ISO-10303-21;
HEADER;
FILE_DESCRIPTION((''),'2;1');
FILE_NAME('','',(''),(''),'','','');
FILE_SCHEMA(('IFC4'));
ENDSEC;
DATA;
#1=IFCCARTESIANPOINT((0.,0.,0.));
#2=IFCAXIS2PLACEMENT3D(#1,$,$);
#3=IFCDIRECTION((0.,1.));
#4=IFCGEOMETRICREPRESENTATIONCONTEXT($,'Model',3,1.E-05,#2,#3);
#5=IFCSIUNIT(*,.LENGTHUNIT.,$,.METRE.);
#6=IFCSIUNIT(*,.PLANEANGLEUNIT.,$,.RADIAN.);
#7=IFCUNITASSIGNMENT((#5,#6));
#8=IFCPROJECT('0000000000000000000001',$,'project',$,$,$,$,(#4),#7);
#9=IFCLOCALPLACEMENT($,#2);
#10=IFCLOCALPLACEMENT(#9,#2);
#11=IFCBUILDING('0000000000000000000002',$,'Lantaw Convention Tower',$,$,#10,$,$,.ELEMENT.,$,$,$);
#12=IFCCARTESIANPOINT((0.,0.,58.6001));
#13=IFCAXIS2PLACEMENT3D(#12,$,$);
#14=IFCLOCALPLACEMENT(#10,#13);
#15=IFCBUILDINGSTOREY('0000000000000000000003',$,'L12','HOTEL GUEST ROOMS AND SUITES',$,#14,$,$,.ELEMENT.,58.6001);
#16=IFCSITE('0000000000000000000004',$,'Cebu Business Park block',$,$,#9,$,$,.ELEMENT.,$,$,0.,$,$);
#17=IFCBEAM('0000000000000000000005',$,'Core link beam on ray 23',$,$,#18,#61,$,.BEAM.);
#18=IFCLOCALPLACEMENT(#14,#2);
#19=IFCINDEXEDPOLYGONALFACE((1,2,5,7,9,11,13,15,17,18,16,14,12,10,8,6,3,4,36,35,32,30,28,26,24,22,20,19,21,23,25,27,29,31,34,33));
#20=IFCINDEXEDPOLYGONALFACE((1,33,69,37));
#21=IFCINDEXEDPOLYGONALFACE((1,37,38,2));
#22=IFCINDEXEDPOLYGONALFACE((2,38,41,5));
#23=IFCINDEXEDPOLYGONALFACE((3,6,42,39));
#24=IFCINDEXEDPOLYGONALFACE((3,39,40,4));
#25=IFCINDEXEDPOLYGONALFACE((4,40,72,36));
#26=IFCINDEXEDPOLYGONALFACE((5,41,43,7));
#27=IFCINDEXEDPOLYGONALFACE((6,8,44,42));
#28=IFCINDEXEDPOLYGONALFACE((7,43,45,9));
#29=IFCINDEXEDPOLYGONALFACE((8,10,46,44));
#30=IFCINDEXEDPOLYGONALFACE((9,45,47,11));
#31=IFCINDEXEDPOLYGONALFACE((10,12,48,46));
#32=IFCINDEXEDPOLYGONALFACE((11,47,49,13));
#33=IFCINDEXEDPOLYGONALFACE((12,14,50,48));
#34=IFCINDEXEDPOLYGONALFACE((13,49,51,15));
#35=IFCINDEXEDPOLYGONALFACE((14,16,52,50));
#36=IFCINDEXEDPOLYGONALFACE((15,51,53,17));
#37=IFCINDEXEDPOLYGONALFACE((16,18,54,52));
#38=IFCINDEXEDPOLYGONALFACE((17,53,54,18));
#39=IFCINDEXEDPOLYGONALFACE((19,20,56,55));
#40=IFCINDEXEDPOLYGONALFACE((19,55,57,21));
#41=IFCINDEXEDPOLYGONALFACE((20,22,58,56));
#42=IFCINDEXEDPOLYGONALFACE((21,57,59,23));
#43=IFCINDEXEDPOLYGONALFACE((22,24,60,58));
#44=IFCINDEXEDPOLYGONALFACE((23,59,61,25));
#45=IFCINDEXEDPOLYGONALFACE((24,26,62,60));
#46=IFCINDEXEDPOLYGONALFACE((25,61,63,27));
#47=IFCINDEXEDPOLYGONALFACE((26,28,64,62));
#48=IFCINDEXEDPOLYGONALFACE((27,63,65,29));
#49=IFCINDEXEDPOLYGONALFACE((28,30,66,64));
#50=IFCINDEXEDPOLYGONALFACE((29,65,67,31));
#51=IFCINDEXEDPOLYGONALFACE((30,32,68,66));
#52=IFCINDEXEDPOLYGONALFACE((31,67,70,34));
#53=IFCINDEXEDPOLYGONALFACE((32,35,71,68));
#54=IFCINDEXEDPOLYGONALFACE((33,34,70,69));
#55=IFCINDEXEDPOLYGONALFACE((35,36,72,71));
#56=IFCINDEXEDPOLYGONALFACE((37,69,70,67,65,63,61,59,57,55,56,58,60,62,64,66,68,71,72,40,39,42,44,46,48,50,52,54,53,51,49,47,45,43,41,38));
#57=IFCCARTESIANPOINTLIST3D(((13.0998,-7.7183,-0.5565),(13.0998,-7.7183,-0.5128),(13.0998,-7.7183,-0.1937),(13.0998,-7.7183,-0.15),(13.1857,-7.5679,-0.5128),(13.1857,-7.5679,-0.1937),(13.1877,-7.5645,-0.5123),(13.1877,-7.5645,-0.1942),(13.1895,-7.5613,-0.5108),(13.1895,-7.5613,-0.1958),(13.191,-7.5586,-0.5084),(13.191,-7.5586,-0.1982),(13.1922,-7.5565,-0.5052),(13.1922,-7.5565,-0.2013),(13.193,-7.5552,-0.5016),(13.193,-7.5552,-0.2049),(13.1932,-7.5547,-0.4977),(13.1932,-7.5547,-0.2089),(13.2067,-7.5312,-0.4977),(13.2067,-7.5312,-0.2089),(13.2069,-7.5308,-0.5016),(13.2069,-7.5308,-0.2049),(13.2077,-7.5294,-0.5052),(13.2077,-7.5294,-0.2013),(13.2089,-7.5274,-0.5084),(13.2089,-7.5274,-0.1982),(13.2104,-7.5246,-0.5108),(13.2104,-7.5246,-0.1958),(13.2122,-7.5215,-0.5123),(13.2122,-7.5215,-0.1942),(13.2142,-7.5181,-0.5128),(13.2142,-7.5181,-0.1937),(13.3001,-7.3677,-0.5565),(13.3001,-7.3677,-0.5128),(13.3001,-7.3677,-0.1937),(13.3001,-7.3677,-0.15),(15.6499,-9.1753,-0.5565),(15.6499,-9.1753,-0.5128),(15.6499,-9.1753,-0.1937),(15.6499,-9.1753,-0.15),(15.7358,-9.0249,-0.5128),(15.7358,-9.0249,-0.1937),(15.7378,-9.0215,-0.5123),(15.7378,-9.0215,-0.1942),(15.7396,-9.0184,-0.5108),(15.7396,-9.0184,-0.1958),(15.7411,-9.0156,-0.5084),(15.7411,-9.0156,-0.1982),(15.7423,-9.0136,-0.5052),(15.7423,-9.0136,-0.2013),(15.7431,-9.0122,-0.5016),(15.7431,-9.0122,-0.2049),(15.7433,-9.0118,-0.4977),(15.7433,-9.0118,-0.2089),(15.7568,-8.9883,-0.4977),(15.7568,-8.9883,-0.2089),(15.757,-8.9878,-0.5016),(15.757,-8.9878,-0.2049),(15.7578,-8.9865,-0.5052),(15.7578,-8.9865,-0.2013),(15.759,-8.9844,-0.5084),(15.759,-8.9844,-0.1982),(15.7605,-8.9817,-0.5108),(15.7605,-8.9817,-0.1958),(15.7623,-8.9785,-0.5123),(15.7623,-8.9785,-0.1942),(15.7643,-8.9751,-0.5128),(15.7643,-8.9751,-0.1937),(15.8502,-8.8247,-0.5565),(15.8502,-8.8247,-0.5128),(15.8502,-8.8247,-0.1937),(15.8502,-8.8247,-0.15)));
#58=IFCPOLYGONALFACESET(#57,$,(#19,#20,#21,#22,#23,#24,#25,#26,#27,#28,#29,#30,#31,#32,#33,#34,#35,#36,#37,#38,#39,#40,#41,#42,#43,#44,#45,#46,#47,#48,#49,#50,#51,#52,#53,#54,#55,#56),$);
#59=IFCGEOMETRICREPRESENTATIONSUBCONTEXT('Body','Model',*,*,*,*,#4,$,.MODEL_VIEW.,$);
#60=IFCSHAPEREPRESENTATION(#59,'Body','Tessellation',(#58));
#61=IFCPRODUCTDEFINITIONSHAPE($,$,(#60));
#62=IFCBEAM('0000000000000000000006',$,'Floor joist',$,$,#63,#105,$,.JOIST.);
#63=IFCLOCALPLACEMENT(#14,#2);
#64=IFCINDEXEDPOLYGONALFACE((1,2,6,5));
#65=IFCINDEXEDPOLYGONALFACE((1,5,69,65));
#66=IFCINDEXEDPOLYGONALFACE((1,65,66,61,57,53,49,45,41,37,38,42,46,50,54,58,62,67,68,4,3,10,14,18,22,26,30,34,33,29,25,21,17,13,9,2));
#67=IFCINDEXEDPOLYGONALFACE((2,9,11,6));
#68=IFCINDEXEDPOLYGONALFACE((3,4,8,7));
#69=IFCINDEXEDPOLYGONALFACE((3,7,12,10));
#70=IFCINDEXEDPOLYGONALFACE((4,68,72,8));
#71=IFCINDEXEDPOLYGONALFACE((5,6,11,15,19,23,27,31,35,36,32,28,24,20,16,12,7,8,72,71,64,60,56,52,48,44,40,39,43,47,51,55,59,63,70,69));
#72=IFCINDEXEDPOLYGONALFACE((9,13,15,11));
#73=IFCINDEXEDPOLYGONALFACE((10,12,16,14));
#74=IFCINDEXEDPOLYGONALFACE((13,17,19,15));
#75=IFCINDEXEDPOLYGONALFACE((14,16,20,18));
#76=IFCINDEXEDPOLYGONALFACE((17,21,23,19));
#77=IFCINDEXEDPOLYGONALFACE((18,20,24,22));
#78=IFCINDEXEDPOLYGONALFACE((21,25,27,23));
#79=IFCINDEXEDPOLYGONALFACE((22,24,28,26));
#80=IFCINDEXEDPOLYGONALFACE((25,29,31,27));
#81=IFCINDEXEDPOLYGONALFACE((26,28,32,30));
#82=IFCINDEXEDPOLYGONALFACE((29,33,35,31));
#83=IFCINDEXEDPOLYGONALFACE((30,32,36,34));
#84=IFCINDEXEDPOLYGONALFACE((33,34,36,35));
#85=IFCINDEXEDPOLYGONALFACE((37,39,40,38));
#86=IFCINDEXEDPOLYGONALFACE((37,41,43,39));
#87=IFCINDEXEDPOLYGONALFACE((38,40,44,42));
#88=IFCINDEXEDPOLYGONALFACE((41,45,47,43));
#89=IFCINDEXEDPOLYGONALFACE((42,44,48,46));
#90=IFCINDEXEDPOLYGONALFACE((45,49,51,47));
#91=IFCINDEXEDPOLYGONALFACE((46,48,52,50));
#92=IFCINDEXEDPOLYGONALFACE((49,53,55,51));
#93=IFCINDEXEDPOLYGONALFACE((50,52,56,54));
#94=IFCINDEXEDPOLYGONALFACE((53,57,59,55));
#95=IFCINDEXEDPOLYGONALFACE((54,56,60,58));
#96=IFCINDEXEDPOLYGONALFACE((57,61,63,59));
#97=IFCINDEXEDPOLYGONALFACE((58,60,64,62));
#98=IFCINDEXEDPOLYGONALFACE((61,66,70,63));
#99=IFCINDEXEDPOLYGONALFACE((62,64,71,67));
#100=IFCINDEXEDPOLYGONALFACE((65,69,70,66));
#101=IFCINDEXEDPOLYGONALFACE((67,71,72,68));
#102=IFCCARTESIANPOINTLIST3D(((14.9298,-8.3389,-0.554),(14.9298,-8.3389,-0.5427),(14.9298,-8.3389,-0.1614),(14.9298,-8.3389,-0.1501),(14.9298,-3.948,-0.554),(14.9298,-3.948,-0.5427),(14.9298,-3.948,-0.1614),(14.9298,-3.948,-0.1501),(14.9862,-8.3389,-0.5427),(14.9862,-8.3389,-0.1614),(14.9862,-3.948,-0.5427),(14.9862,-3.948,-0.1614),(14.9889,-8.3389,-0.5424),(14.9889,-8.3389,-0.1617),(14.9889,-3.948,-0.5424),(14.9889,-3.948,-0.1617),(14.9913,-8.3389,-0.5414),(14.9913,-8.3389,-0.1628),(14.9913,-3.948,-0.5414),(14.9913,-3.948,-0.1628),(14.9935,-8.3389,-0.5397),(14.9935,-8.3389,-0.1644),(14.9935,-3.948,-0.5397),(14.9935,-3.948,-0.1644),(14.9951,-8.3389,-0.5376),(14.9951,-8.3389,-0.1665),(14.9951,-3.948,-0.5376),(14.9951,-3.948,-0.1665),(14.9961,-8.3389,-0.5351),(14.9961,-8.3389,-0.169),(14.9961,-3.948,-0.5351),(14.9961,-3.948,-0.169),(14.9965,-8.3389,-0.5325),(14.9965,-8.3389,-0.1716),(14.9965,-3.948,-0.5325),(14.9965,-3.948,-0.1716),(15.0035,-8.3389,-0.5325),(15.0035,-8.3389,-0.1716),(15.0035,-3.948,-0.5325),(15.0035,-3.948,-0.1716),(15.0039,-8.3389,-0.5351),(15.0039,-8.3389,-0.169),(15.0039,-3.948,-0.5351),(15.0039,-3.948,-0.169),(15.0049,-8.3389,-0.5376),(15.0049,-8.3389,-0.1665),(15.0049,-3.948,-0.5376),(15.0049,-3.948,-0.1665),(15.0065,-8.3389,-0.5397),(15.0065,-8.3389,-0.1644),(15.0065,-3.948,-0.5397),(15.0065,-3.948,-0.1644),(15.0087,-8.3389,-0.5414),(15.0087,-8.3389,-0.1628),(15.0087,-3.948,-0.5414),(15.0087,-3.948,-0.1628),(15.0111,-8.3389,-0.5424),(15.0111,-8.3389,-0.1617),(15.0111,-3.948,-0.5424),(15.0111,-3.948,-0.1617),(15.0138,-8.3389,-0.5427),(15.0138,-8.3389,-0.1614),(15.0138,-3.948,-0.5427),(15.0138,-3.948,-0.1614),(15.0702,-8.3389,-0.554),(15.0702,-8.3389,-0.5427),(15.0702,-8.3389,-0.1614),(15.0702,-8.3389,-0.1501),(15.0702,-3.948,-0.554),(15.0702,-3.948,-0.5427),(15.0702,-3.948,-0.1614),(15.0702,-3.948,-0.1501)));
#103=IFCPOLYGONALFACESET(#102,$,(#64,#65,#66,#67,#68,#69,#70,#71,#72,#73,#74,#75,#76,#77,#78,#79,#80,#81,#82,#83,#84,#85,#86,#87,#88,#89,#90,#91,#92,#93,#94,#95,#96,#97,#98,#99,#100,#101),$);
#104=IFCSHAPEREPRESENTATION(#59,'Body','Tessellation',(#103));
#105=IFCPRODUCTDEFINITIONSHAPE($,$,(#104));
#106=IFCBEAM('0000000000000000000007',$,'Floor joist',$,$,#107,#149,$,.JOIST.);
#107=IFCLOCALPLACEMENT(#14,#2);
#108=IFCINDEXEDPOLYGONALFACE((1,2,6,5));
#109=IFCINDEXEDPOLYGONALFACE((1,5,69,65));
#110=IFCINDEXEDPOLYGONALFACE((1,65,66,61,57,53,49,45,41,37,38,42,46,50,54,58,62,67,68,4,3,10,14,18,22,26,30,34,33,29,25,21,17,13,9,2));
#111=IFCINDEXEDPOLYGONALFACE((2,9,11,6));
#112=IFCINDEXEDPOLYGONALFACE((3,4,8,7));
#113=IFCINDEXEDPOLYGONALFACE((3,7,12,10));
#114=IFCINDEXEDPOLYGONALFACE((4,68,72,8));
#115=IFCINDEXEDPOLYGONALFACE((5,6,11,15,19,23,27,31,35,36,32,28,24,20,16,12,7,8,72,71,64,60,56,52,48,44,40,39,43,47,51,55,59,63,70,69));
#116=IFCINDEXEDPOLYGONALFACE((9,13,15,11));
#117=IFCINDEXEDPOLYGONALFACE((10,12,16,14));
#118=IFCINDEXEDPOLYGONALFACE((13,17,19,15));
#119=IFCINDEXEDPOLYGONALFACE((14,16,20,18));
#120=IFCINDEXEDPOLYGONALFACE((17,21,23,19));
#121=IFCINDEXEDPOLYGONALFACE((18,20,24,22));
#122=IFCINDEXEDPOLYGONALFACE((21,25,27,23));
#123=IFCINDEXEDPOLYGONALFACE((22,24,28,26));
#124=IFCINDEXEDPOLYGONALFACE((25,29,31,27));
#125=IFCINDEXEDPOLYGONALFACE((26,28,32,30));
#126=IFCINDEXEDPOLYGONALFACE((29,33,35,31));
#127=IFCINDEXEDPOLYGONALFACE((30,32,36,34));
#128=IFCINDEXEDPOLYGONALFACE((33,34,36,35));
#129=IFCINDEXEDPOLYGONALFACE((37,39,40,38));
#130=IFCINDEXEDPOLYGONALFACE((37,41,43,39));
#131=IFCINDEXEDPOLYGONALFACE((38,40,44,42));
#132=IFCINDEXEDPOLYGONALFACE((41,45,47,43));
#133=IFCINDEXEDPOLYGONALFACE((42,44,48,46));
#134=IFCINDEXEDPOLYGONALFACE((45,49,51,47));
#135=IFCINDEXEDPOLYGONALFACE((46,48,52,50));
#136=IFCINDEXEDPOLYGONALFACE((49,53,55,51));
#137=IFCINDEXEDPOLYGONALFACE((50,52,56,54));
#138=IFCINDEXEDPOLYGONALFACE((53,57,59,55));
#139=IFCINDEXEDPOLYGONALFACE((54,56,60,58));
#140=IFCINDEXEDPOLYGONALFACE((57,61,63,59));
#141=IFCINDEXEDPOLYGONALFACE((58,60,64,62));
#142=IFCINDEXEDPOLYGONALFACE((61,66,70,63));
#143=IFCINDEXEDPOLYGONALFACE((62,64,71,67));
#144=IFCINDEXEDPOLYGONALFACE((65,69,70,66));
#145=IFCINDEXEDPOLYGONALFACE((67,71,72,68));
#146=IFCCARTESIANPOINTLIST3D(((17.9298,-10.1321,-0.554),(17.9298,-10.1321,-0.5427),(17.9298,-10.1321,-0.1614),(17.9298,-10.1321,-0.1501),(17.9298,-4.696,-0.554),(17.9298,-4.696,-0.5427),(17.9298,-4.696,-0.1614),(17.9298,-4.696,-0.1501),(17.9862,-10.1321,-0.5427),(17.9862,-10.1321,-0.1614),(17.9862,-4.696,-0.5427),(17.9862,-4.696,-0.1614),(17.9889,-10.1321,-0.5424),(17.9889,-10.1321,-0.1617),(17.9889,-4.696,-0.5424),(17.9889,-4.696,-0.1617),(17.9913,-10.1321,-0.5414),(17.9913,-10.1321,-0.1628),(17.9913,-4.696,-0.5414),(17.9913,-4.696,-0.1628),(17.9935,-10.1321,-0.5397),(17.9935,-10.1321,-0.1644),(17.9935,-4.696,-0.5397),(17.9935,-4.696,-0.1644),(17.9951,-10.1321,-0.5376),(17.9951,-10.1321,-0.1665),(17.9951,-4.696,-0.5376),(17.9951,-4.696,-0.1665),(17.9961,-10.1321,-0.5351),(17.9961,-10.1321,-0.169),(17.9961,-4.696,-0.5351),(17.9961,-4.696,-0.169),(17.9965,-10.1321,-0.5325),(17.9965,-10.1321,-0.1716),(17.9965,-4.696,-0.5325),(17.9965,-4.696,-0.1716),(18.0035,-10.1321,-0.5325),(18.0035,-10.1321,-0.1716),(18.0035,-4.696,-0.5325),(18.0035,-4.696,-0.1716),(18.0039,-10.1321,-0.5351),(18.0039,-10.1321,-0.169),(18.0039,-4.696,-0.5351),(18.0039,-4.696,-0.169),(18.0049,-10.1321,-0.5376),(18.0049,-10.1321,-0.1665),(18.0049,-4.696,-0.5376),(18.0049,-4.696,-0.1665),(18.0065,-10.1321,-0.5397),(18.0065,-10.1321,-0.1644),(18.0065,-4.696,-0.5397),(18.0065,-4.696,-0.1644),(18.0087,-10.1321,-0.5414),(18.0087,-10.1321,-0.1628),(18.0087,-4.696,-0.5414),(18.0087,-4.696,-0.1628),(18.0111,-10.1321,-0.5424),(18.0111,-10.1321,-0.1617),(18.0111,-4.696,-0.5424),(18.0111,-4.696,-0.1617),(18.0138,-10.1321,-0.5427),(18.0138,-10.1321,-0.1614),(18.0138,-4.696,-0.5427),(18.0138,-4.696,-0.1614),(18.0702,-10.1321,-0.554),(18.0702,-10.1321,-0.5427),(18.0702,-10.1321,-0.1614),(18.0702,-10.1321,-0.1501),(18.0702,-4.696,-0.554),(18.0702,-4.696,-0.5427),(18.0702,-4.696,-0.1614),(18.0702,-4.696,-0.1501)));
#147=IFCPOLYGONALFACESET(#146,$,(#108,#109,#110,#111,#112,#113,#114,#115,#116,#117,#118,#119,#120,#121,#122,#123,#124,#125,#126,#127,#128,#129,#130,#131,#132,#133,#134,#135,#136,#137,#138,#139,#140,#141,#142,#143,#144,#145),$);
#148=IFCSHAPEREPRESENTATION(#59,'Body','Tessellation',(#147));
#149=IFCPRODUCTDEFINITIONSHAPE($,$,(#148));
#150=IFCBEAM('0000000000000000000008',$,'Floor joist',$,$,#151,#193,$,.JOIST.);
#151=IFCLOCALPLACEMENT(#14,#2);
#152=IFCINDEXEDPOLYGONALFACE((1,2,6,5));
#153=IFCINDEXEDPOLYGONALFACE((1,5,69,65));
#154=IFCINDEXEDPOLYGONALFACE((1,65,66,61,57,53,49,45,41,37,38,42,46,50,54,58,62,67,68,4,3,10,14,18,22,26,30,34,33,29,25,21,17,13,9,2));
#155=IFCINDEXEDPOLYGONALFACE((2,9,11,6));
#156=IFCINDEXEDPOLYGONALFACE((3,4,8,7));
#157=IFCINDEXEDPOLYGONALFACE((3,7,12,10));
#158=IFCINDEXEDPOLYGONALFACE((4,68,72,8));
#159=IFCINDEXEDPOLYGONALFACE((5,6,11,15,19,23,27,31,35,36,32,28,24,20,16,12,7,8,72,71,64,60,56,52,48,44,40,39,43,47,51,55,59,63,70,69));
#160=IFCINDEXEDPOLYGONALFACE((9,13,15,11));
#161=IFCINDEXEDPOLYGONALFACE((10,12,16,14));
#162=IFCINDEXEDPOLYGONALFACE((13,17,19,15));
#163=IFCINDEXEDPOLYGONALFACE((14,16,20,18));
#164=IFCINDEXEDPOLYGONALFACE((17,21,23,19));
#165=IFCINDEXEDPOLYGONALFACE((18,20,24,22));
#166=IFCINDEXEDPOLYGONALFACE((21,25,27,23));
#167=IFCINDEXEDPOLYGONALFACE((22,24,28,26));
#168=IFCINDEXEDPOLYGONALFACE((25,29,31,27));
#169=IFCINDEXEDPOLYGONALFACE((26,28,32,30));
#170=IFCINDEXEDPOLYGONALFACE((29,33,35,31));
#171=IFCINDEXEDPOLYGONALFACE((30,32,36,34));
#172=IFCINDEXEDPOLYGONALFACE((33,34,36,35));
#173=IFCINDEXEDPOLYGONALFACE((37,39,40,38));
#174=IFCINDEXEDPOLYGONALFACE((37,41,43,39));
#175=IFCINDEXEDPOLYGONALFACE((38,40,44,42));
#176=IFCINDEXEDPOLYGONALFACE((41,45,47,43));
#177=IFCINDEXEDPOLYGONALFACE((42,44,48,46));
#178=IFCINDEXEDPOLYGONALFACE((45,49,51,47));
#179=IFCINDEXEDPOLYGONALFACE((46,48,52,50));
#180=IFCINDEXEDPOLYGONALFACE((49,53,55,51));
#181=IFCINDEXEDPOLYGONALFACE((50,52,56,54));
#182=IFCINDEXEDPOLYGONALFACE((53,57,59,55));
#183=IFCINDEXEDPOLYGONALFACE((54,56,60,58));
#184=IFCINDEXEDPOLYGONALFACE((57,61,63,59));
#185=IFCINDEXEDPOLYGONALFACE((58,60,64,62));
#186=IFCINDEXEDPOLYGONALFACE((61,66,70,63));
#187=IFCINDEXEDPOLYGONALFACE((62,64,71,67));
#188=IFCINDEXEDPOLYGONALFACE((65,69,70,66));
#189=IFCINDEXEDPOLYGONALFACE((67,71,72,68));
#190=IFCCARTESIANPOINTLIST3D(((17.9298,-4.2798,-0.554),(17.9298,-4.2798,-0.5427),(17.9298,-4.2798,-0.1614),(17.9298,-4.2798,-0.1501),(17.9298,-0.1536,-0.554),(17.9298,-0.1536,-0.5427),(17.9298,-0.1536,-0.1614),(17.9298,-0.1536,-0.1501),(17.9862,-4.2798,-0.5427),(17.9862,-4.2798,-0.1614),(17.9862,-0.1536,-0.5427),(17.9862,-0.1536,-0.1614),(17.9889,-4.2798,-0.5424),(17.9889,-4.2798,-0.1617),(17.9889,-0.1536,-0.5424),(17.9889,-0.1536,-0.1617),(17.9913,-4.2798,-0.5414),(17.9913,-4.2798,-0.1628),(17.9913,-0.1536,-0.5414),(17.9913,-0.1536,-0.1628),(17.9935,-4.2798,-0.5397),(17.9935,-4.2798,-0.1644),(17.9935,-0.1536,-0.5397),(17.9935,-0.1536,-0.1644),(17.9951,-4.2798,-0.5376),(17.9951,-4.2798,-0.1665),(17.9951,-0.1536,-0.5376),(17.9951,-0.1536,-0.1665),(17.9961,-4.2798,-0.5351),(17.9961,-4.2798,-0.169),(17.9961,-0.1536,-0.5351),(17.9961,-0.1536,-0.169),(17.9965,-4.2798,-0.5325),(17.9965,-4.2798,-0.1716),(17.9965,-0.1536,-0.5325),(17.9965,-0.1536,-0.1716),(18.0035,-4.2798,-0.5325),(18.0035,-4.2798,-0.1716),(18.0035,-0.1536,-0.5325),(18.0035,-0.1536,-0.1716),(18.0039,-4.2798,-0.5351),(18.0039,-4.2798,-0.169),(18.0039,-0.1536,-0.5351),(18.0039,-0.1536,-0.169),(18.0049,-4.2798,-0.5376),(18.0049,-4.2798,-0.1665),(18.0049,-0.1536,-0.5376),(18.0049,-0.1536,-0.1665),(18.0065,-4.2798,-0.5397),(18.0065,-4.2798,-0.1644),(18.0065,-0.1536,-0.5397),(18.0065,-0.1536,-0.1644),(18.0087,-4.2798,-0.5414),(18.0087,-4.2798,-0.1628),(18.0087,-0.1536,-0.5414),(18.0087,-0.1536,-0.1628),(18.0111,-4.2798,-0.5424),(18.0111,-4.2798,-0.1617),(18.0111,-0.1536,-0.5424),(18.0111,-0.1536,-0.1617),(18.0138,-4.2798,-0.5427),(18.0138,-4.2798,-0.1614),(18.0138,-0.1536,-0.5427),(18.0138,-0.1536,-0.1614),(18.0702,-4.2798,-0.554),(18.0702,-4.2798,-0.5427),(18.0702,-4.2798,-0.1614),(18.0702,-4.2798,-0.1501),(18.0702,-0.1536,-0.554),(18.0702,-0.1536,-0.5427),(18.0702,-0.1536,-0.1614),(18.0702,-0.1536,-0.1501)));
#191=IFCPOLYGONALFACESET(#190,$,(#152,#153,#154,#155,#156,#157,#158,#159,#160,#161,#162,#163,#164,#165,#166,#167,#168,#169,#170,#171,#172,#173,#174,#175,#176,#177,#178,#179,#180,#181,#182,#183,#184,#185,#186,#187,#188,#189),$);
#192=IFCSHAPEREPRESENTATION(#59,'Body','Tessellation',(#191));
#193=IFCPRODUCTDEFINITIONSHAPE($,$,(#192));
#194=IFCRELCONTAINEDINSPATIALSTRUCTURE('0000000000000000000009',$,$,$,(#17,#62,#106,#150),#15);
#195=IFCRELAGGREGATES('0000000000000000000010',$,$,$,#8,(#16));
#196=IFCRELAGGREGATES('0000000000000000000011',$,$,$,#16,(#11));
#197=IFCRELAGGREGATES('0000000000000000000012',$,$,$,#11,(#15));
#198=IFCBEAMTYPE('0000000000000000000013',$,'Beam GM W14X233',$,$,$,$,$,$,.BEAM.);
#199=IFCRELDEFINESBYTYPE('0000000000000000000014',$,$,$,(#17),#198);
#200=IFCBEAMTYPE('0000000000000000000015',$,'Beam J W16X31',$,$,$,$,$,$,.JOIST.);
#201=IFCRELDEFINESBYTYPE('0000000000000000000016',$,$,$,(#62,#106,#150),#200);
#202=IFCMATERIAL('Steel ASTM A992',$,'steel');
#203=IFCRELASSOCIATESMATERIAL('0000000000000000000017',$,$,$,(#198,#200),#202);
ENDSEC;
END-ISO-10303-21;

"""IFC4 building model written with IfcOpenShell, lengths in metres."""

from ifc_helpers import new_model, si_unit, direction, frame, origin, origin_2d, place, context, subcontext, project, spatial, i_section, extrude, material, material_profile, profile_set, type_object, element, save


model = new_model("IFC4")

# Units and contexts
model_context = context("Model", 3, precision=1e-05, world=origin(), true_north=direction((0.0, 1.0)))
body_context = subcontext(model_context, "Body", "Model", "MODEL_VIEW")
ifc_project = project(units=[si_unit("LENGTHUNIT", "METRE"), si_unit("PLANEANGLEUNIT", "RADIAN")], contexts=[model_context])

# Site, building, storey
site_placement = place(None, origin())
site = spatial("IfcSite", under=ifc_project, at=site_placement, Name="Cebu Business Park block", CompositionType="ELEMENT", RefElevation=0.0)
building_placement = place(site_placement, origin())
building = spatial("IfcBuilding", under=site, at=building_placement, Name="Lantaw Convention Tower", CompositionType="ELEMENT")
storey_placement = place(building_placement, frame((0.0, 0.0, 58.6001)))
storey = spatial("IfcBuildingStorey", under=building, at=storey_placement, Name="L12", Description="HOTEL GUEST ROOMS AND SUITES", CompositionType="ELEMENT", Elevation=58.6001)

# Beams
ifc_material_1 = material(Name="Steel ASTM A992", Category="steel")
ifc_material_profile_1 = material_profile(ifc_material_1, i_section(OverallWidth=0.4038, OverallDepth=0.4065, WebThickness=0.0271, FlangeThickness=0.0437, FilletRadius=0.0151, at=origin_2d()), Name="W14X233")
ifc_profile_set_1 = profile_set([ifc_material_profile_1], Name="Steel ASTM A992")
beam_type_1 = type_object("IfcBeamType", Name="Beam GM W14X233", PredefinedType="BEAM", material=ifc_profile_set_1)
beam_1_placement = place(storey_placement, frame((13.2, -7.543, -0.3533), z_axis=(0.868264, -0.496103, 0.0), x_axis=(0.496103, 0.868264, 0.0)))
element("IfcBeam", 1, at=beam_1_placement, inside=storey, type_object=beam_type_1, Name="Core link beam on ray 23", PredefinedType="BEAM", context=body_context, shape_type="SweptSolid", body=[
    extrude(i_section(OverallWidth=0.4038, OverallDepth=0.4065, WebThickness=0.0271, FlangeThickness=0.0437, FilletRadius=0.0151, at=origin_2d()), origin(), (0.0, 0.0, 1.0), 2.937),
])
ifc_material_profile_2 = material_profile(ifc_material_1, i_section(OverallWidth=0.1404, OverallDepth=0.4038, WebThickness=0.0071, FlangeThickness=0.0112, FilletRadius=0.0103, at=origin_2d()), Name="W16X31")
ifc_profile_set_2 = profile_set([ifc_material_profile_2], Name="Steel ASTM A992")
beam_type_2 = type_object("IfcBeamType", Name="Beam J W16X31", PredefinedType="JOIST", material=ifc_profile_set_2)
beam_2_placement = place(storey_placement, frame((15.0, -8.3389, -0.3521), z_axis=(0.0, 1.0, 0.0), x_axis=(-1.0, 0.0, 0.0)))
element("IfcBeam", 2, at=beam_2_placement, inside=storey, type_object=beam_type_2, Name="Floor joist", PredefinedType="JOIST", context=body_context, shape_type="SweptSolid", body=[
    extrude(i_section(OverallWidth=0.1404, OverallDepth=0.4038, WebThickness=0.0071, FlangeThickness=0.0112, FilletRadius=0.0103, at=origin_2d()), origin(), (0.0, 0.0, 1.0), 4.3909),
])
beam_3_placement = place(storey_placement, frame((18.0, -10.1321, -0.3521), z_axis=(0.0, 1.0, 0.0), x_axis=(-1.0, 0.0, 0.0)))
element("IfcBeam", 3, at=beam_3_placement, inside=storey, type_object=beam_type_2, Name="Floor joist", PredefinedType="JOIST", context=body_context, shape_type="SweptSolid", body=[
    extrude(i_section(OverallWidth=0.1404, OverallDepth=0.4038, WebThickness=0.0071, FlangeThickness=0.0112, FilletRadius=0.0103, at=origin_2d()), origin(), (0.0, 0.0, 1.0), 5.436),
])
beam_4_placement = place(storey_placement, frame((18.0, -4.2798, -0.3521), z_axis=(0.0, 1.0, 0.0), x_axis=(-1.0, 0.0, 0.0)))
element("IfcBeam", 4, at=beam_4_placement, inside=storey, type_object=beam_type_2, Name="Floor joist", PredefinedType="JOIST", context=body_context, shape_type="SweptSolid", body=[
    extrude(i_section(OverallWidth=0.1404, OverallDepth=0.4038, WebThickness=0.0071, FlangeThickness=0.0112, FilletRadius=0.0103, at=origin_2d()), origin(), (0.0, 0.0, 1.0), 4.1262),
])

save(model, "model.ifc")
